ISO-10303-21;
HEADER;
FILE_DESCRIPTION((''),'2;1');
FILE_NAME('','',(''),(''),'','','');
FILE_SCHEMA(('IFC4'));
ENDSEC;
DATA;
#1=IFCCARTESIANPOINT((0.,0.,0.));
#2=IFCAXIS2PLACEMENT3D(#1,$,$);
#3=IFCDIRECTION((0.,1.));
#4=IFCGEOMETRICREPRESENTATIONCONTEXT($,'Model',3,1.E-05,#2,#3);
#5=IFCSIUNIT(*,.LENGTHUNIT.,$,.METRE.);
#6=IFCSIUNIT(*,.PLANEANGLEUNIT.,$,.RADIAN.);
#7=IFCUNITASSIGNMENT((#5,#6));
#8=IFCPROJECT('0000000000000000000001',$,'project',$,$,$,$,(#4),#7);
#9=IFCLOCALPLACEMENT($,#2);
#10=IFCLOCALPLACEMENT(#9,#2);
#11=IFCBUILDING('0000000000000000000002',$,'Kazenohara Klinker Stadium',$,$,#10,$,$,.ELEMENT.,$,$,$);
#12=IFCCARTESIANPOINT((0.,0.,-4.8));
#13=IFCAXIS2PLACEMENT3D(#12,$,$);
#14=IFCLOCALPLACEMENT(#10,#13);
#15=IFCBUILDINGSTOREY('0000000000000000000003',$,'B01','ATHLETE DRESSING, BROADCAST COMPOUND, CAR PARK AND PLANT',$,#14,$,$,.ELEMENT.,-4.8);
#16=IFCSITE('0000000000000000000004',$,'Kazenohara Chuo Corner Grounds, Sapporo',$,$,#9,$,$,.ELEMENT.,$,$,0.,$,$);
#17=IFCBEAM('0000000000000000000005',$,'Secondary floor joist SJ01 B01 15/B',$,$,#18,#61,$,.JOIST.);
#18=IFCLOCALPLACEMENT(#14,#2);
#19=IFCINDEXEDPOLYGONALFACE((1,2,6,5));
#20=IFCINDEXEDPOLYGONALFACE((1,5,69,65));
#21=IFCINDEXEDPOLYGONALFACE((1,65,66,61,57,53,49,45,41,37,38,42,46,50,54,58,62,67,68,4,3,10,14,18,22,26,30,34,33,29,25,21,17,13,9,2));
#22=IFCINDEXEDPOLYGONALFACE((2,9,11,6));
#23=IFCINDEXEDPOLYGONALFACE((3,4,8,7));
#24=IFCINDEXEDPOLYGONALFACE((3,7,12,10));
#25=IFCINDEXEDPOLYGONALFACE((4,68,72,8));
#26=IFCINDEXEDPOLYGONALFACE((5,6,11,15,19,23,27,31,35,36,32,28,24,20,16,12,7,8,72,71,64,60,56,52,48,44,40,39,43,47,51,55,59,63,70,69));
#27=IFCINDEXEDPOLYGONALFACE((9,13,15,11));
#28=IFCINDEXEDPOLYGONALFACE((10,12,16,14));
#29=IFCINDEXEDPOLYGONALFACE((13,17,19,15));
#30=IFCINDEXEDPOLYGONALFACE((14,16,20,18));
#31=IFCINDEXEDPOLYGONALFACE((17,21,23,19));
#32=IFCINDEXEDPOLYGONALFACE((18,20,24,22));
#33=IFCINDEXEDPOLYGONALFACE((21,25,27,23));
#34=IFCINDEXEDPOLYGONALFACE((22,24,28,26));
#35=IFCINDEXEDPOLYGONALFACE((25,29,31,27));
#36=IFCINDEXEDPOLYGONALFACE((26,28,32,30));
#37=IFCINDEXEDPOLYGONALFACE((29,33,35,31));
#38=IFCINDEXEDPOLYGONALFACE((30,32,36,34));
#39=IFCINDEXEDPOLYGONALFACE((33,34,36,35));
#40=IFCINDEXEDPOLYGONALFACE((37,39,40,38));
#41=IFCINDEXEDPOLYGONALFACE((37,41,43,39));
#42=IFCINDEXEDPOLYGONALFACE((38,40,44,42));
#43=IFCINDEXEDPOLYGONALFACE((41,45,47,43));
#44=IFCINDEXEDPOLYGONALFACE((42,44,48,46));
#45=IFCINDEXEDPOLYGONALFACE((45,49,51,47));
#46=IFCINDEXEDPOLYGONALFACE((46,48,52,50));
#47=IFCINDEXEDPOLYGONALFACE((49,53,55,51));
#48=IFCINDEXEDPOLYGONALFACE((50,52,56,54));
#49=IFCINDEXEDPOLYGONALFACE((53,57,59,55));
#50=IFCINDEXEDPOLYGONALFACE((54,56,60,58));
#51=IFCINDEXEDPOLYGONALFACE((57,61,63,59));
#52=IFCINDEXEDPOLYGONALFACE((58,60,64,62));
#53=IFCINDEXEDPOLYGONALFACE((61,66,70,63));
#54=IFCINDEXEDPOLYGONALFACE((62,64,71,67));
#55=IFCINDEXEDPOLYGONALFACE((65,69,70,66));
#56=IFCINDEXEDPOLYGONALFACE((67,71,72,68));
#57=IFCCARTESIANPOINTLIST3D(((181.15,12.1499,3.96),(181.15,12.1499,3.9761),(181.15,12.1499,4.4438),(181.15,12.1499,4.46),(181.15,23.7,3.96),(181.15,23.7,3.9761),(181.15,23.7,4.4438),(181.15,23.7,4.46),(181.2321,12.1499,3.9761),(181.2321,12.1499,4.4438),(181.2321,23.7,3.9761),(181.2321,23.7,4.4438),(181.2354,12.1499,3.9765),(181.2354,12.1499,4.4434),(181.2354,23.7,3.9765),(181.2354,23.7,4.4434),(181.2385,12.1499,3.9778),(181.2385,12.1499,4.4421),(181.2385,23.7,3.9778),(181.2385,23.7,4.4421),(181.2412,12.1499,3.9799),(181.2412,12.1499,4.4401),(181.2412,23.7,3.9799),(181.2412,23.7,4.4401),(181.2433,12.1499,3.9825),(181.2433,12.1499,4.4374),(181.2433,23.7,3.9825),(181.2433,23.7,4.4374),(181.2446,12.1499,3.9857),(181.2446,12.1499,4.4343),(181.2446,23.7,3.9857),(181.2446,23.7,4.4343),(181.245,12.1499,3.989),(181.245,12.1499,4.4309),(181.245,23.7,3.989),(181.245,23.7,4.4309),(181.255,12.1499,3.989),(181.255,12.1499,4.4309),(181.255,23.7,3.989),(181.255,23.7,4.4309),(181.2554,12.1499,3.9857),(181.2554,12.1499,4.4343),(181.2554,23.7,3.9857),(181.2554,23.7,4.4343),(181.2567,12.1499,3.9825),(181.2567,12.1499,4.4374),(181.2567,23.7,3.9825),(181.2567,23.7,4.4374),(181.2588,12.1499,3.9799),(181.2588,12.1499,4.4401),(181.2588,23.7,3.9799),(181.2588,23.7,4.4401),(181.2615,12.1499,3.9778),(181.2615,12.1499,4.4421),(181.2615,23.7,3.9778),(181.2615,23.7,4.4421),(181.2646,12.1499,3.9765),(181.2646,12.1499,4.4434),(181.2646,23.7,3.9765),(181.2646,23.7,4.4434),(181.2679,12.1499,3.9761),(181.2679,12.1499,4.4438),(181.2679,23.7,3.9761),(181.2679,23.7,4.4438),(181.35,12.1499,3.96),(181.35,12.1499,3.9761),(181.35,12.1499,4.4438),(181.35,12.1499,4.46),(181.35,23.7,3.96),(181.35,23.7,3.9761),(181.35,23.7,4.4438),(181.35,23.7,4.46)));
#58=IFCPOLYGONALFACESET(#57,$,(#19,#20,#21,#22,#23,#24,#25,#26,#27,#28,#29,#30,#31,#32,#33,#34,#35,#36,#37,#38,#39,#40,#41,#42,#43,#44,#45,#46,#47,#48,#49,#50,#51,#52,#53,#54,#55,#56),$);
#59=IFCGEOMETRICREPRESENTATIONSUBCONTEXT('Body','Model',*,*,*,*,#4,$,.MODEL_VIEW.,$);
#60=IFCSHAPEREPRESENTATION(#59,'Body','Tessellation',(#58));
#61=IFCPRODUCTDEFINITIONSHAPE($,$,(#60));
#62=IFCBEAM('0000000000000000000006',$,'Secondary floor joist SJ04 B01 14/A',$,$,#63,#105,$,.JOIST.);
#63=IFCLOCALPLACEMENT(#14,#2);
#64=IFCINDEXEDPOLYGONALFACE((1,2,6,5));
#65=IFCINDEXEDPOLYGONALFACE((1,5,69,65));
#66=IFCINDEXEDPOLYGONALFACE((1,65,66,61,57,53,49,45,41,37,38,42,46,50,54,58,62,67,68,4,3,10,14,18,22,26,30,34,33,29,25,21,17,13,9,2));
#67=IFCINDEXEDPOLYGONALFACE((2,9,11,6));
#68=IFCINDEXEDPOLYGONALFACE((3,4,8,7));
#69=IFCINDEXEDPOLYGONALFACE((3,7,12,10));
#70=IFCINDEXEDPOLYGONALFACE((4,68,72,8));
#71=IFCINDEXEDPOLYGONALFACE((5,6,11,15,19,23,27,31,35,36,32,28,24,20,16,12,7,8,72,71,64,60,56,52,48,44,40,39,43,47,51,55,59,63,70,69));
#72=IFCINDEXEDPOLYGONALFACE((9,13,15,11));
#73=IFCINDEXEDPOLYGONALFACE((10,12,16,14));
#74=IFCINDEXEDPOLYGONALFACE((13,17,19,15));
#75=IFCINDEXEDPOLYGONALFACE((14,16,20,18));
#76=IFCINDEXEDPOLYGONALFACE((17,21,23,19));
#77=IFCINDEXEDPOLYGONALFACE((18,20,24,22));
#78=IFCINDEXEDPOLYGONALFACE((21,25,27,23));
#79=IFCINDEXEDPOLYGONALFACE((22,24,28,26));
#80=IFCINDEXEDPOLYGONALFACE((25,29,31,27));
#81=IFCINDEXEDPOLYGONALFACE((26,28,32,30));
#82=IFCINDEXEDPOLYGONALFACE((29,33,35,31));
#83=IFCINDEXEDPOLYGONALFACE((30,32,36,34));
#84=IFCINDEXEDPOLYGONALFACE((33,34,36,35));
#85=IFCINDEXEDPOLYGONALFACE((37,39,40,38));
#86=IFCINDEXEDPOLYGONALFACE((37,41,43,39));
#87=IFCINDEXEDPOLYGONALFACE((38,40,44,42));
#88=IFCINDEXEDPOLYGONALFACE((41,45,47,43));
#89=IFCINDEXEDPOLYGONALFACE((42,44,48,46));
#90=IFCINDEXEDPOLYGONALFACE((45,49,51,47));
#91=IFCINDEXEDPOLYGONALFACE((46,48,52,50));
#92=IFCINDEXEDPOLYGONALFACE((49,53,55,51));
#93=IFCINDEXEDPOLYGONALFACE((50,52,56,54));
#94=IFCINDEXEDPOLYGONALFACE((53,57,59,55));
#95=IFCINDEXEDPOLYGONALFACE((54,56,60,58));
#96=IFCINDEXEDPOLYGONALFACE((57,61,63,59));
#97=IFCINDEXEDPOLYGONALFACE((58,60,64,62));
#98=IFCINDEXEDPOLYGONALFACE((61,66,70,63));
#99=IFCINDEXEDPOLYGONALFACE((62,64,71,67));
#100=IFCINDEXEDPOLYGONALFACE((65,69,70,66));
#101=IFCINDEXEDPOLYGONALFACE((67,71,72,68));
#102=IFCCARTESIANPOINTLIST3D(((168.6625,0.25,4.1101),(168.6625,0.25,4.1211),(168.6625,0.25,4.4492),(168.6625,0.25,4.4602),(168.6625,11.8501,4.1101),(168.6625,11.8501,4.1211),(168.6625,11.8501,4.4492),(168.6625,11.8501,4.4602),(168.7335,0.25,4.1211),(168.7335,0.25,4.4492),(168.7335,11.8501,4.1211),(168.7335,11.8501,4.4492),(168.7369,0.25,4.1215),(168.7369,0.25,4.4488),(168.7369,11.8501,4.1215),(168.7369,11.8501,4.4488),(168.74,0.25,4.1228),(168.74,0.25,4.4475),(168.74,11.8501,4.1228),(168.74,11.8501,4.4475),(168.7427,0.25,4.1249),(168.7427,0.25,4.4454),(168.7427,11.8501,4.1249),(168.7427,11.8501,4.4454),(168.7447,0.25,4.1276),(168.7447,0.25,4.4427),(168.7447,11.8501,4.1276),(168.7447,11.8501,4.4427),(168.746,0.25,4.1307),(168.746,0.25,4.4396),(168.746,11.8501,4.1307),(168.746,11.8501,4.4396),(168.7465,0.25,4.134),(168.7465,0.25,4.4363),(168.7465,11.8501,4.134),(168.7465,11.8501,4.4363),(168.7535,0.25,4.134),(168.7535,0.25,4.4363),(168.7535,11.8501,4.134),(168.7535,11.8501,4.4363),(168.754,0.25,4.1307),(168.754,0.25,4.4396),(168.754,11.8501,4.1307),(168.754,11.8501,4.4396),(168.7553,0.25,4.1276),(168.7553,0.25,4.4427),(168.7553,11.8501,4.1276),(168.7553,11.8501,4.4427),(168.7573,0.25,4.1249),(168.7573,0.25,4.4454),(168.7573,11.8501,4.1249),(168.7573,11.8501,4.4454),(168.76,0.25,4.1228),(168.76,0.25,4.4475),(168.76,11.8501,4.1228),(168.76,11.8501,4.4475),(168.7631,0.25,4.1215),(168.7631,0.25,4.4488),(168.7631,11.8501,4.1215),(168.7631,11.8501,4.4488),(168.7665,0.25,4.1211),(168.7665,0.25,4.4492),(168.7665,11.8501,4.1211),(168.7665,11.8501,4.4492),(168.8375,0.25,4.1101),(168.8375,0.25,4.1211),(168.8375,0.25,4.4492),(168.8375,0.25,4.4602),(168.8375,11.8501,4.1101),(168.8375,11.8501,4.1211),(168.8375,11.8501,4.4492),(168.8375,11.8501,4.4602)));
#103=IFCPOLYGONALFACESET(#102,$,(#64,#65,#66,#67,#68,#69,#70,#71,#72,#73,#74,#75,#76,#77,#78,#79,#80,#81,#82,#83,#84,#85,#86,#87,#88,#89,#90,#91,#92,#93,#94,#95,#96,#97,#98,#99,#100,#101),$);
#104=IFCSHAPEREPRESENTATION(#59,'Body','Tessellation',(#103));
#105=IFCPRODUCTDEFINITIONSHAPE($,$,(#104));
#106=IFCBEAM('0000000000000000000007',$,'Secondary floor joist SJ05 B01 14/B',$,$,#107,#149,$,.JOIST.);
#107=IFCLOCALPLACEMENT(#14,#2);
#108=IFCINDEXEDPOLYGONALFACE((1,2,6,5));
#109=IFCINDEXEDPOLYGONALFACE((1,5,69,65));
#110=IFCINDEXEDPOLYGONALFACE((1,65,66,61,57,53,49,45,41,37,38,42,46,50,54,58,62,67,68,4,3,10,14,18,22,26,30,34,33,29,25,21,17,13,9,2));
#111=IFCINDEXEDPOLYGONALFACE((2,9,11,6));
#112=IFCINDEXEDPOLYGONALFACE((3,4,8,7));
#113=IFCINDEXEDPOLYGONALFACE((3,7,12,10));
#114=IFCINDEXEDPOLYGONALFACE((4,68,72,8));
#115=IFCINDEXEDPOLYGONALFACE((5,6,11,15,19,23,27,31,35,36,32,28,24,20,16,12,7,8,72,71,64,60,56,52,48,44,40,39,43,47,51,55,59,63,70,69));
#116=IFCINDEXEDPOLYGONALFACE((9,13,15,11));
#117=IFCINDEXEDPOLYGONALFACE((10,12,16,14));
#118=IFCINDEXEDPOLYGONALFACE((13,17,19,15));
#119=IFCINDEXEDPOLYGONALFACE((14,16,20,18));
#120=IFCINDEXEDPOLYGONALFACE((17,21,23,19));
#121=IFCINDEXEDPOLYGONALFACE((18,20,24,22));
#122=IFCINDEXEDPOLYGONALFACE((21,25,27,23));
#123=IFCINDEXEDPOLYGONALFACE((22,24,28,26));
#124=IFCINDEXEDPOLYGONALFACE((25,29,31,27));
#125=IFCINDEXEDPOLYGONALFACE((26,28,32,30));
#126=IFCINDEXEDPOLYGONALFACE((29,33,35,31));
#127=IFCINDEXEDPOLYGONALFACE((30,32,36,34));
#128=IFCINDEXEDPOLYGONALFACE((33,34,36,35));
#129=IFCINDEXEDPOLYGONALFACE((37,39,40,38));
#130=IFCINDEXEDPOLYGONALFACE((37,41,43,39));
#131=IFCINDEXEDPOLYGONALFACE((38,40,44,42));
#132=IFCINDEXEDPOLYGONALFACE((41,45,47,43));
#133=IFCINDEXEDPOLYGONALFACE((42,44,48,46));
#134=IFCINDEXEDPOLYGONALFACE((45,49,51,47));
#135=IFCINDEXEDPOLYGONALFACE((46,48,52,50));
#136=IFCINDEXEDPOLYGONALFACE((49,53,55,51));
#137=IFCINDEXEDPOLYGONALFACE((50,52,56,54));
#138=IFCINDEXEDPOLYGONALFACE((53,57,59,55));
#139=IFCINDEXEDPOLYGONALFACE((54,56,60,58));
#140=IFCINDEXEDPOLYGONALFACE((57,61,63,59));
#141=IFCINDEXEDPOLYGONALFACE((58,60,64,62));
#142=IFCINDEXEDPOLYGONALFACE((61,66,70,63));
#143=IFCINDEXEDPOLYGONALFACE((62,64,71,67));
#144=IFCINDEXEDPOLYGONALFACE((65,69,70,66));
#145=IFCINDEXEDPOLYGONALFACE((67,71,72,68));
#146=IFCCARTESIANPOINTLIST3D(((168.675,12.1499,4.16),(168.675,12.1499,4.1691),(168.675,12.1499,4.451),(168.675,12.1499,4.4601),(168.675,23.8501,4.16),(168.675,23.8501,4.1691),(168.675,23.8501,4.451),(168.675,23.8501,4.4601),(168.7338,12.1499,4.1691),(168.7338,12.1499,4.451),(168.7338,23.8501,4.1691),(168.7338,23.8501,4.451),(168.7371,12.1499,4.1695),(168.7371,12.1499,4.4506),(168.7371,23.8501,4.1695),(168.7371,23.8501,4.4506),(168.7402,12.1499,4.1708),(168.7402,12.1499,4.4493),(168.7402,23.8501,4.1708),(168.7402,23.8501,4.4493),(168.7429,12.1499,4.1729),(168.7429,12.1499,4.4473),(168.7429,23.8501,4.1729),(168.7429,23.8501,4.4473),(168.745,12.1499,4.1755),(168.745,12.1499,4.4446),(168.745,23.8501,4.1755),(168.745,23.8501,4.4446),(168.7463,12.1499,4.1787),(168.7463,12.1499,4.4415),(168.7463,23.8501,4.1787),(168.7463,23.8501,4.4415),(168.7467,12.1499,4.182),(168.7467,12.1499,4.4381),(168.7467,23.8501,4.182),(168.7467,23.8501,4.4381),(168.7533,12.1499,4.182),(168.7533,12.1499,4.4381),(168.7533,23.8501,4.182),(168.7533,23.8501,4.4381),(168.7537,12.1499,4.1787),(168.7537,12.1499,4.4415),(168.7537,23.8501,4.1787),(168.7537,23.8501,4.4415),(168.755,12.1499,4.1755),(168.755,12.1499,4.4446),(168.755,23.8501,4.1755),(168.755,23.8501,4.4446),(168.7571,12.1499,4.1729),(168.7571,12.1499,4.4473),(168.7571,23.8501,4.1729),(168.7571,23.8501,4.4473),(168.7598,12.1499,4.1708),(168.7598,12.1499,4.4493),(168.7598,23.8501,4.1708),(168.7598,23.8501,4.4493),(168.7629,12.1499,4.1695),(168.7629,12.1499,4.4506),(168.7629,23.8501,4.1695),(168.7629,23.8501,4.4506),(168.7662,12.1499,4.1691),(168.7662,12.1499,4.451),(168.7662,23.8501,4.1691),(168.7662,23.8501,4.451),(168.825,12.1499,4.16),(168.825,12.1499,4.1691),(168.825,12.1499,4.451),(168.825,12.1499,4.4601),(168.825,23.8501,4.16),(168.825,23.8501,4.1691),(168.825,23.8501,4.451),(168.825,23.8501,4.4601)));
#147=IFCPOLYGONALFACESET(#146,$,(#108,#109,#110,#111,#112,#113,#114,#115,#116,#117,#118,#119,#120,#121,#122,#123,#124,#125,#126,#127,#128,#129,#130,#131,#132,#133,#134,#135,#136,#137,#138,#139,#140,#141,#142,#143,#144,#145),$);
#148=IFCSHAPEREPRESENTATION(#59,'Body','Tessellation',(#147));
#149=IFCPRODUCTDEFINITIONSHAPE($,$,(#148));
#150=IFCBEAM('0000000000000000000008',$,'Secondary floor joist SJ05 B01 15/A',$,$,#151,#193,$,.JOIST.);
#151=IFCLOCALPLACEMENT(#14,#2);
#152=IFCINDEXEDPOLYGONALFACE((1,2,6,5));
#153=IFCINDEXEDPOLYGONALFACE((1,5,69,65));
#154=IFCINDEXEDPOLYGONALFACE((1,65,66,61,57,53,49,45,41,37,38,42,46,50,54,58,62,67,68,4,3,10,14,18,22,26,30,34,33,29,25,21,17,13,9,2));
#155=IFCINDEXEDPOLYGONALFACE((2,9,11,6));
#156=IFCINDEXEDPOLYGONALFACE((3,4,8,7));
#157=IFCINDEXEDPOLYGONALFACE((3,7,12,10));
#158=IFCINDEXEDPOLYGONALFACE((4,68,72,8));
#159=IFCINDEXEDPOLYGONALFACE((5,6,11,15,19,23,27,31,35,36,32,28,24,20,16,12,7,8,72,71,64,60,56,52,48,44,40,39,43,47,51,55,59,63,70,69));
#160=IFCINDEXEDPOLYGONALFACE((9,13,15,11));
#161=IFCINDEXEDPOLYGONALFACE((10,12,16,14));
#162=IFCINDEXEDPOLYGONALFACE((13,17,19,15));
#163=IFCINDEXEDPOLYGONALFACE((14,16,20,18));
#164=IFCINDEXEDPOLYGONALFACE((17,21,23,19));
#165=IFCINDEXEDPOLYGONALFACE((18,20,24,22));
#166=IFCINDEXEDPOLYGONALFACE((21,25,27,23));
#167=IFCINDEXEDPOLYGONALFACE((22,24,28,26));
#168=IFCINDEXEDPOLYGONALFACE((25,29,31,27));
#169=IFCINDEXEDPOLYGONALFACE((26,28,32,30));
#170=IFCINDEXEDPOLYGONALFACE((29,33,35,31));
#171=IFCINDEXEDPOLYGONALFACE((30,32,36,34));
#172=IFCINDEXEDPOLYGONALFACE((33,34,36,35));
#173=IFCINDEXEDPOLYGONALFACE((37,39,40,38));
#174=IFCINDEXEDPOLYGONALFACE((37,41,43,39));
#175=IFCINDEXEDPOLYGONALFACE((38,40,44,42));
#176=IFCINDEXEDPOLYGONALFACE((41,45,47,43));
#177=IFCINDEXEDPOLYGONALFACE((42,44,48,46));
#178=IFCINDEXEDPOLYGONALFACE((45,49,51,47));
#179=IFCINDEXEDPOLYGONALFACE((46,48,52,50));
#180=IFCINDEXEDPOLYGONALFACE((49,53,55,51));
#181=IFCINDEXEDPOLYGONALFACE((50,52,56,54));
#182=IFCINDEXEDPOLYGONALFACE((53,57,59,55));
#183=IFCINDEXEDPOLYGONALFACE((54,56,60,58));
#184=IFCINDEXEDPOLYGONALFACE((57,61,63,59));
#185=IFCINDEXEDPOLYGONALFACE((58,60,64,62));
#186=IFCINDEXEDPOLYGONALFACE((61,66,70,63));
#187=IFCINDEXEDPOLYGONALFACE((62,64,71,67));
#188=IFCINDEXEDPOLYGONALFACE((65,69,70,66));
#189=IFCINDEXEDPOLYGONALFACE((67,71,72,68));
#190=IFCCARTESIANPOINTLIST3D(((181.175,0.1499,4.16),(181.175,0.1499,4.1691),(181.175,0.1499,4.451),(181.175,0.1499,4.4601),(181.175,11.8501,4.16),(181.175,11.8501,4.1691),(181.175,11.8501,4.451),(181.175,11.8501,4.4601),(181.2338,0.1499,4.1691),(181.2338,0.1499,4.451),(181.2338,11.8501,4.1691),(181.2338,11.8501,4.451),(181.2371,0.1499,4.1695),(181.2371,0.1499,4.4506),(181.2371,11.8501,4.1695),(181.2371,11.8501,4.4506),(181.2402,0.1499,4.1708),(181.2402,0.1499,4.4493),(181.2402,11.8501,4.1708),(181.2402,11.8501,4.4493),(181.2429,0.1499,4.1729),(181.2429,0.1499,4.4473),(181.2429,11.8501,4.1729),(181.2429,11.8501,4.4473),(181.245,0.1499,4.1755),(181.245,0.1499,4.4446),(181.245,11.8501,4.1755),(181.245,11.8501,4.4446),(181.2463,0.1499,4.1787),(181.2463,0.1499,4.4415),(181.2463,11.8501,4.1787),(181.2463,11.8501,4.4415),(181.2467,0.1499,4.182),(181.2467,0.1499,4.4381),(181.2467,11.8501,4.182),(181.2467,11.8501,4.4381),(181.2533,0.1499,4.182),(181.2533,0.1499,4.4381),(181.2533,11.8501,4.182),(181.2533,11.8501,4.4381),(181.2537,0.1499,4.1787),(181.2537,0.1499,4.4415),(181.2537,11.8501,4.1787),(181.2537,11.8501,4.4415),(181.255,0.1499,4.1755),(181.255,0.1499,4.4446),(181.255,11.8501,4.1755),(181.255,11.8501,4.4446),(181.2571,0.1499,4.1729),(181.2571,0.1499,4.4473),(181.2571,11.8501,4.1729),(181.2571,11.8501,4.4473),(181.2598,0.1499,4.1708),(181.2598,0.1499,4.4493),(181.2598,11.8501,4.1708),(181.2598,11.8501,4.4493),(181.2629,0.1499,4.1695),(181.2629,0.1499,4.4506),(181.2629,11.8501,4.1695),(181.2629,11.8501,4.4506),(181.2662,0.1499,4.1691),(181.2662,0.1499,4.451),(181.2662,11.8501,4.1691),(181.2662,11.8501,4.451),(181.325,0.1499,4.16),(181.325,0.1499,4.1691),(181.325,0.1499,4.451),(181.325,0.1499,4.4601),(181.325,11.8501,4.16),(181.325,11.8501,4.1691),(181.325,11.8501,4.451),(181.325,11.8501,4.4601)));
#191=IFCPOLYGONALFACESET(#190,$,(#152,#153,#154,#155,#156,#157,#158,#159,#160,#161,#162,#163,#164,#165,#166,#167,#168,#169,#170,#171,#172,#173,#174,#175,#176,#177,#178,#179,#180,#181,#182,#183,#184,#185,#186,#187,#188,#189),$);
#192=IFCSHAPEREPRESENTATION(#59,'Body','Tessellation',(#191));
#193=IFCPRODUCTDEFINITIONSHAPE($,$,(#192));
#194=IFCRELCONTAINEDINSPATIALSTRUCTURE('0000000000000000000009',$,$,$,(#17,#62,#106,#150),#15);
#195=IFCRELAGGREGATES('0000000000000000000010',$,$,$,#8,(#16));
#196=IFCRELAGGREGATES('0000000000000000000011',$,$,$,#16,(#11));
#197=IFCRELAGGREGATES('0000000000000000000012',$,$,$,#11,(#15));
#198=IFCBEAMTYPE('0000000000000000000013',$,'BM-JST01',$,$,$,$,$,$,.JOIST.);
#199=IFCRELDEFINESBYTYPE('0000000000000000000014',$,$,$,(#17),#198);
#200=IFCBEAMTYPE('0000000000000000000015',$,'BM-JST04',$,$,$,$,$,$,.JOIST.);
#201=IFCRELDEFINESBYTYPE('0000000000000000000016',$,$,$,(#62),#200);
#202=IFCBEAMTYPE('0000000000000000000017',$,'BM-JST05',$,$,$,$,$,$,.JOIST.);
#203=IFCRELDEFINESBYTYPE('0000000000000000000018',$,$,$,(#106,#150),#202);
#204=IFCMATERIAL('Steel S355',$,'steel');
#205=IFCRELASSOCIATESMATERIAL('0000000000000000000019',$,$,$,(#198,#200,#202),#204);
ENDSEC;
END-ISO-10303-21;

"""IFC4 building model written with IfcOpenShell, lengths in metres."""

from ifc_helpers import new_model, si_unit, direction, frame, origin, origin_2d, place, context, subcontext, project, spatial, i_section, extrude, material, material_profile, profile_set, type_object, element, save


model = new_model("IFC4")

# Units and contexts
model_context = context("Model", 3, precision=1e-05, world=origin(), true_north=direction((0.0, 1.0)))
body_context = subcontext(model_context, "Body", "Model", "MODEL_VIEW")
ifc_project = project(units=[si_unit("LENGTHUNIT", "METRE"), si_unit("PLANEANGLEUNIT", "RADIAN")], contexts=[model_context])

# Site, building, storey
site_placement = place(None, origin())
site = spatial("IfcSite", under=ifc_project, at=site_placement, Name="Kazenohara Chuo Corner Grounds, Sapporo", CompositionType="ELEMENT", RefElevation=0.0)
building_placement = place(site_placement, origin())
building = spatial("IfcBuilding", under=site, at=building_placement, Name="Kazenohara Klinker Stadium", CompositionType="ELEMENT")
storey_placement = place(building_placement, frame((0.0, 0.0, -4.8)))
storey = spatial("IfcBuildingStorey", under=building, at=storey_placement, Name="B01", Description="ATHLETE DRESSING, BROADCAST COMPOUND, CAR PARK AND PLANT", CompositionType="ELEMENT", Elevation=-4.8)

# Beams
ifc_material_1 = material(Name="Steel S355", Category="steel")
ifc_material_profile_1 = material_profile(ifc_material_1, i_section(OverallWidth=0.2, OverallDepth=0.5, WebThickness=0.01, FlangeThickness=0.0161, FilletRadius=0.0129, at=origin_2d()), Name="H-500x200x10x16")
ifc_profile_set_1 = profile_set([ifc_material_profile_1], Name="Steel S355")
beam_type_1 = type_object("IfcBeamType", Name="BM-JST01", PredefinedType="JOIST", material=ifc_profile_set_1)
beam_1_placement = place(storey_placement, frame((181.25, 12.1499, 4.21), z_axis=(0.0, 1.0, 0.0), x_axis=(-1.0, 0.0, 0.0)))
element("IfcBeam", 1, at=beam_1_placement, inside=storey, type_object=beam_type_1, Name="Secondary floor joist SJ01 B01 15/B", PredefinedType="JOIST", context=body_context, shape_type="SweptSolid", body=[
    extrude(i_section(OverallWidth=0.2, OverallDepth=0.5, WebThickness=0.01, FlangeThickness=0.0161, FilletRadius=0.0129, at=origin_2d()), origin(), (0.0, 0.0, 1.0), 11.55),
])
ifc_material_profile_2 = material_profile(ifc_material_1, i_section(OverallWidth=0.175, OverallDepth=0.3501, WebThickness=0.0071, FlangeThickness=0.011, FilletRadius=0.0129, at=origin_2d()), Name="H-350x175x7x11")
ifc_profile_set_2 = profile_set([ifc_material_profile_2], Name="Steel S355")
beam_type_2 = type_object("IfcBeamType", Name="BM-JST04", PredefinedType="JOIST", material=ifc_profile_set_2)
beam_2_placement = place(storey_placement, frame((168.75, 0.25, 4.2852), z_axis=(0.0, 1.0, 0.0), x_axis=(-1.0, 0.0, 0.0)))
element("IfcBeam", 2, at=beam_2_placement, inside=storey, type_object=beam_type_2, Name="Secondary floor joist SJ04 B01 14/A", PredefinedType="JOIST", context=body_context, shape_type="SweptSolid", body=[
    extrude(i_section(OverallWidth=0.175, OverallDepth=0.3501, WebThickness=0.0071, FlangeThickness=0.011, FilletRadius=0.0129, at=origin_2d()), origin(), (0.0, 0.0, 1.0), 11.6001),
])
ifc_material_profile_3 = material_profile(ifc_material_1, i_section(OverallWidth=0.1499, OverallDepth=0.3, WebThickness=0.0066, FlangeThickness=0.009, FilletRadius=0.0129, at=origin_2d()), Name="H-300x150x6.5x9")
ifc_profile_set_3 = profile_set([ifc_material_profile_3], Name="Steel S355")
beam_type_3 = type_object("IfcBeamType", Name="BM-JST05", PredefinedType="JOIST", material=ifc_profile_set_3)
for number, where, z_axis, x_axis, name in (
    (3, (168.75, 12.1499, 4.3101), (0.0, 1.0, 0.0), (-1.0, 0.0, 0.0), "Secondary floor joist SJ05 B01 14/B"),
    (4, (181.25, 0.1499, 4.3101), (0.0, 1.0, 0.0), (-1.0, 0.0, 0.0), "Secondary floor joist SJ05 B01 15/A"),
):
    element("IfcBeam", number, at=place(storey_placement, frame(where, z_axis=z_axis, x_axis=x_axis)), inside=storey, type_object=beam_type_3, Name=name, PredefinedType="JOIST", context=body_context, shape_type="SweptSolid", body=[
        extrude(i_section(OverallWidth=0.1499, OverallDepth=0.3, WebThickness=0.0066, FlangeThickness=0.009, FilletRadius=0.0129, at=origin_2d()), origin(), (0.0, 0.0, 1.0), 11.7002),
    ])

save(model, "model.ifc")
